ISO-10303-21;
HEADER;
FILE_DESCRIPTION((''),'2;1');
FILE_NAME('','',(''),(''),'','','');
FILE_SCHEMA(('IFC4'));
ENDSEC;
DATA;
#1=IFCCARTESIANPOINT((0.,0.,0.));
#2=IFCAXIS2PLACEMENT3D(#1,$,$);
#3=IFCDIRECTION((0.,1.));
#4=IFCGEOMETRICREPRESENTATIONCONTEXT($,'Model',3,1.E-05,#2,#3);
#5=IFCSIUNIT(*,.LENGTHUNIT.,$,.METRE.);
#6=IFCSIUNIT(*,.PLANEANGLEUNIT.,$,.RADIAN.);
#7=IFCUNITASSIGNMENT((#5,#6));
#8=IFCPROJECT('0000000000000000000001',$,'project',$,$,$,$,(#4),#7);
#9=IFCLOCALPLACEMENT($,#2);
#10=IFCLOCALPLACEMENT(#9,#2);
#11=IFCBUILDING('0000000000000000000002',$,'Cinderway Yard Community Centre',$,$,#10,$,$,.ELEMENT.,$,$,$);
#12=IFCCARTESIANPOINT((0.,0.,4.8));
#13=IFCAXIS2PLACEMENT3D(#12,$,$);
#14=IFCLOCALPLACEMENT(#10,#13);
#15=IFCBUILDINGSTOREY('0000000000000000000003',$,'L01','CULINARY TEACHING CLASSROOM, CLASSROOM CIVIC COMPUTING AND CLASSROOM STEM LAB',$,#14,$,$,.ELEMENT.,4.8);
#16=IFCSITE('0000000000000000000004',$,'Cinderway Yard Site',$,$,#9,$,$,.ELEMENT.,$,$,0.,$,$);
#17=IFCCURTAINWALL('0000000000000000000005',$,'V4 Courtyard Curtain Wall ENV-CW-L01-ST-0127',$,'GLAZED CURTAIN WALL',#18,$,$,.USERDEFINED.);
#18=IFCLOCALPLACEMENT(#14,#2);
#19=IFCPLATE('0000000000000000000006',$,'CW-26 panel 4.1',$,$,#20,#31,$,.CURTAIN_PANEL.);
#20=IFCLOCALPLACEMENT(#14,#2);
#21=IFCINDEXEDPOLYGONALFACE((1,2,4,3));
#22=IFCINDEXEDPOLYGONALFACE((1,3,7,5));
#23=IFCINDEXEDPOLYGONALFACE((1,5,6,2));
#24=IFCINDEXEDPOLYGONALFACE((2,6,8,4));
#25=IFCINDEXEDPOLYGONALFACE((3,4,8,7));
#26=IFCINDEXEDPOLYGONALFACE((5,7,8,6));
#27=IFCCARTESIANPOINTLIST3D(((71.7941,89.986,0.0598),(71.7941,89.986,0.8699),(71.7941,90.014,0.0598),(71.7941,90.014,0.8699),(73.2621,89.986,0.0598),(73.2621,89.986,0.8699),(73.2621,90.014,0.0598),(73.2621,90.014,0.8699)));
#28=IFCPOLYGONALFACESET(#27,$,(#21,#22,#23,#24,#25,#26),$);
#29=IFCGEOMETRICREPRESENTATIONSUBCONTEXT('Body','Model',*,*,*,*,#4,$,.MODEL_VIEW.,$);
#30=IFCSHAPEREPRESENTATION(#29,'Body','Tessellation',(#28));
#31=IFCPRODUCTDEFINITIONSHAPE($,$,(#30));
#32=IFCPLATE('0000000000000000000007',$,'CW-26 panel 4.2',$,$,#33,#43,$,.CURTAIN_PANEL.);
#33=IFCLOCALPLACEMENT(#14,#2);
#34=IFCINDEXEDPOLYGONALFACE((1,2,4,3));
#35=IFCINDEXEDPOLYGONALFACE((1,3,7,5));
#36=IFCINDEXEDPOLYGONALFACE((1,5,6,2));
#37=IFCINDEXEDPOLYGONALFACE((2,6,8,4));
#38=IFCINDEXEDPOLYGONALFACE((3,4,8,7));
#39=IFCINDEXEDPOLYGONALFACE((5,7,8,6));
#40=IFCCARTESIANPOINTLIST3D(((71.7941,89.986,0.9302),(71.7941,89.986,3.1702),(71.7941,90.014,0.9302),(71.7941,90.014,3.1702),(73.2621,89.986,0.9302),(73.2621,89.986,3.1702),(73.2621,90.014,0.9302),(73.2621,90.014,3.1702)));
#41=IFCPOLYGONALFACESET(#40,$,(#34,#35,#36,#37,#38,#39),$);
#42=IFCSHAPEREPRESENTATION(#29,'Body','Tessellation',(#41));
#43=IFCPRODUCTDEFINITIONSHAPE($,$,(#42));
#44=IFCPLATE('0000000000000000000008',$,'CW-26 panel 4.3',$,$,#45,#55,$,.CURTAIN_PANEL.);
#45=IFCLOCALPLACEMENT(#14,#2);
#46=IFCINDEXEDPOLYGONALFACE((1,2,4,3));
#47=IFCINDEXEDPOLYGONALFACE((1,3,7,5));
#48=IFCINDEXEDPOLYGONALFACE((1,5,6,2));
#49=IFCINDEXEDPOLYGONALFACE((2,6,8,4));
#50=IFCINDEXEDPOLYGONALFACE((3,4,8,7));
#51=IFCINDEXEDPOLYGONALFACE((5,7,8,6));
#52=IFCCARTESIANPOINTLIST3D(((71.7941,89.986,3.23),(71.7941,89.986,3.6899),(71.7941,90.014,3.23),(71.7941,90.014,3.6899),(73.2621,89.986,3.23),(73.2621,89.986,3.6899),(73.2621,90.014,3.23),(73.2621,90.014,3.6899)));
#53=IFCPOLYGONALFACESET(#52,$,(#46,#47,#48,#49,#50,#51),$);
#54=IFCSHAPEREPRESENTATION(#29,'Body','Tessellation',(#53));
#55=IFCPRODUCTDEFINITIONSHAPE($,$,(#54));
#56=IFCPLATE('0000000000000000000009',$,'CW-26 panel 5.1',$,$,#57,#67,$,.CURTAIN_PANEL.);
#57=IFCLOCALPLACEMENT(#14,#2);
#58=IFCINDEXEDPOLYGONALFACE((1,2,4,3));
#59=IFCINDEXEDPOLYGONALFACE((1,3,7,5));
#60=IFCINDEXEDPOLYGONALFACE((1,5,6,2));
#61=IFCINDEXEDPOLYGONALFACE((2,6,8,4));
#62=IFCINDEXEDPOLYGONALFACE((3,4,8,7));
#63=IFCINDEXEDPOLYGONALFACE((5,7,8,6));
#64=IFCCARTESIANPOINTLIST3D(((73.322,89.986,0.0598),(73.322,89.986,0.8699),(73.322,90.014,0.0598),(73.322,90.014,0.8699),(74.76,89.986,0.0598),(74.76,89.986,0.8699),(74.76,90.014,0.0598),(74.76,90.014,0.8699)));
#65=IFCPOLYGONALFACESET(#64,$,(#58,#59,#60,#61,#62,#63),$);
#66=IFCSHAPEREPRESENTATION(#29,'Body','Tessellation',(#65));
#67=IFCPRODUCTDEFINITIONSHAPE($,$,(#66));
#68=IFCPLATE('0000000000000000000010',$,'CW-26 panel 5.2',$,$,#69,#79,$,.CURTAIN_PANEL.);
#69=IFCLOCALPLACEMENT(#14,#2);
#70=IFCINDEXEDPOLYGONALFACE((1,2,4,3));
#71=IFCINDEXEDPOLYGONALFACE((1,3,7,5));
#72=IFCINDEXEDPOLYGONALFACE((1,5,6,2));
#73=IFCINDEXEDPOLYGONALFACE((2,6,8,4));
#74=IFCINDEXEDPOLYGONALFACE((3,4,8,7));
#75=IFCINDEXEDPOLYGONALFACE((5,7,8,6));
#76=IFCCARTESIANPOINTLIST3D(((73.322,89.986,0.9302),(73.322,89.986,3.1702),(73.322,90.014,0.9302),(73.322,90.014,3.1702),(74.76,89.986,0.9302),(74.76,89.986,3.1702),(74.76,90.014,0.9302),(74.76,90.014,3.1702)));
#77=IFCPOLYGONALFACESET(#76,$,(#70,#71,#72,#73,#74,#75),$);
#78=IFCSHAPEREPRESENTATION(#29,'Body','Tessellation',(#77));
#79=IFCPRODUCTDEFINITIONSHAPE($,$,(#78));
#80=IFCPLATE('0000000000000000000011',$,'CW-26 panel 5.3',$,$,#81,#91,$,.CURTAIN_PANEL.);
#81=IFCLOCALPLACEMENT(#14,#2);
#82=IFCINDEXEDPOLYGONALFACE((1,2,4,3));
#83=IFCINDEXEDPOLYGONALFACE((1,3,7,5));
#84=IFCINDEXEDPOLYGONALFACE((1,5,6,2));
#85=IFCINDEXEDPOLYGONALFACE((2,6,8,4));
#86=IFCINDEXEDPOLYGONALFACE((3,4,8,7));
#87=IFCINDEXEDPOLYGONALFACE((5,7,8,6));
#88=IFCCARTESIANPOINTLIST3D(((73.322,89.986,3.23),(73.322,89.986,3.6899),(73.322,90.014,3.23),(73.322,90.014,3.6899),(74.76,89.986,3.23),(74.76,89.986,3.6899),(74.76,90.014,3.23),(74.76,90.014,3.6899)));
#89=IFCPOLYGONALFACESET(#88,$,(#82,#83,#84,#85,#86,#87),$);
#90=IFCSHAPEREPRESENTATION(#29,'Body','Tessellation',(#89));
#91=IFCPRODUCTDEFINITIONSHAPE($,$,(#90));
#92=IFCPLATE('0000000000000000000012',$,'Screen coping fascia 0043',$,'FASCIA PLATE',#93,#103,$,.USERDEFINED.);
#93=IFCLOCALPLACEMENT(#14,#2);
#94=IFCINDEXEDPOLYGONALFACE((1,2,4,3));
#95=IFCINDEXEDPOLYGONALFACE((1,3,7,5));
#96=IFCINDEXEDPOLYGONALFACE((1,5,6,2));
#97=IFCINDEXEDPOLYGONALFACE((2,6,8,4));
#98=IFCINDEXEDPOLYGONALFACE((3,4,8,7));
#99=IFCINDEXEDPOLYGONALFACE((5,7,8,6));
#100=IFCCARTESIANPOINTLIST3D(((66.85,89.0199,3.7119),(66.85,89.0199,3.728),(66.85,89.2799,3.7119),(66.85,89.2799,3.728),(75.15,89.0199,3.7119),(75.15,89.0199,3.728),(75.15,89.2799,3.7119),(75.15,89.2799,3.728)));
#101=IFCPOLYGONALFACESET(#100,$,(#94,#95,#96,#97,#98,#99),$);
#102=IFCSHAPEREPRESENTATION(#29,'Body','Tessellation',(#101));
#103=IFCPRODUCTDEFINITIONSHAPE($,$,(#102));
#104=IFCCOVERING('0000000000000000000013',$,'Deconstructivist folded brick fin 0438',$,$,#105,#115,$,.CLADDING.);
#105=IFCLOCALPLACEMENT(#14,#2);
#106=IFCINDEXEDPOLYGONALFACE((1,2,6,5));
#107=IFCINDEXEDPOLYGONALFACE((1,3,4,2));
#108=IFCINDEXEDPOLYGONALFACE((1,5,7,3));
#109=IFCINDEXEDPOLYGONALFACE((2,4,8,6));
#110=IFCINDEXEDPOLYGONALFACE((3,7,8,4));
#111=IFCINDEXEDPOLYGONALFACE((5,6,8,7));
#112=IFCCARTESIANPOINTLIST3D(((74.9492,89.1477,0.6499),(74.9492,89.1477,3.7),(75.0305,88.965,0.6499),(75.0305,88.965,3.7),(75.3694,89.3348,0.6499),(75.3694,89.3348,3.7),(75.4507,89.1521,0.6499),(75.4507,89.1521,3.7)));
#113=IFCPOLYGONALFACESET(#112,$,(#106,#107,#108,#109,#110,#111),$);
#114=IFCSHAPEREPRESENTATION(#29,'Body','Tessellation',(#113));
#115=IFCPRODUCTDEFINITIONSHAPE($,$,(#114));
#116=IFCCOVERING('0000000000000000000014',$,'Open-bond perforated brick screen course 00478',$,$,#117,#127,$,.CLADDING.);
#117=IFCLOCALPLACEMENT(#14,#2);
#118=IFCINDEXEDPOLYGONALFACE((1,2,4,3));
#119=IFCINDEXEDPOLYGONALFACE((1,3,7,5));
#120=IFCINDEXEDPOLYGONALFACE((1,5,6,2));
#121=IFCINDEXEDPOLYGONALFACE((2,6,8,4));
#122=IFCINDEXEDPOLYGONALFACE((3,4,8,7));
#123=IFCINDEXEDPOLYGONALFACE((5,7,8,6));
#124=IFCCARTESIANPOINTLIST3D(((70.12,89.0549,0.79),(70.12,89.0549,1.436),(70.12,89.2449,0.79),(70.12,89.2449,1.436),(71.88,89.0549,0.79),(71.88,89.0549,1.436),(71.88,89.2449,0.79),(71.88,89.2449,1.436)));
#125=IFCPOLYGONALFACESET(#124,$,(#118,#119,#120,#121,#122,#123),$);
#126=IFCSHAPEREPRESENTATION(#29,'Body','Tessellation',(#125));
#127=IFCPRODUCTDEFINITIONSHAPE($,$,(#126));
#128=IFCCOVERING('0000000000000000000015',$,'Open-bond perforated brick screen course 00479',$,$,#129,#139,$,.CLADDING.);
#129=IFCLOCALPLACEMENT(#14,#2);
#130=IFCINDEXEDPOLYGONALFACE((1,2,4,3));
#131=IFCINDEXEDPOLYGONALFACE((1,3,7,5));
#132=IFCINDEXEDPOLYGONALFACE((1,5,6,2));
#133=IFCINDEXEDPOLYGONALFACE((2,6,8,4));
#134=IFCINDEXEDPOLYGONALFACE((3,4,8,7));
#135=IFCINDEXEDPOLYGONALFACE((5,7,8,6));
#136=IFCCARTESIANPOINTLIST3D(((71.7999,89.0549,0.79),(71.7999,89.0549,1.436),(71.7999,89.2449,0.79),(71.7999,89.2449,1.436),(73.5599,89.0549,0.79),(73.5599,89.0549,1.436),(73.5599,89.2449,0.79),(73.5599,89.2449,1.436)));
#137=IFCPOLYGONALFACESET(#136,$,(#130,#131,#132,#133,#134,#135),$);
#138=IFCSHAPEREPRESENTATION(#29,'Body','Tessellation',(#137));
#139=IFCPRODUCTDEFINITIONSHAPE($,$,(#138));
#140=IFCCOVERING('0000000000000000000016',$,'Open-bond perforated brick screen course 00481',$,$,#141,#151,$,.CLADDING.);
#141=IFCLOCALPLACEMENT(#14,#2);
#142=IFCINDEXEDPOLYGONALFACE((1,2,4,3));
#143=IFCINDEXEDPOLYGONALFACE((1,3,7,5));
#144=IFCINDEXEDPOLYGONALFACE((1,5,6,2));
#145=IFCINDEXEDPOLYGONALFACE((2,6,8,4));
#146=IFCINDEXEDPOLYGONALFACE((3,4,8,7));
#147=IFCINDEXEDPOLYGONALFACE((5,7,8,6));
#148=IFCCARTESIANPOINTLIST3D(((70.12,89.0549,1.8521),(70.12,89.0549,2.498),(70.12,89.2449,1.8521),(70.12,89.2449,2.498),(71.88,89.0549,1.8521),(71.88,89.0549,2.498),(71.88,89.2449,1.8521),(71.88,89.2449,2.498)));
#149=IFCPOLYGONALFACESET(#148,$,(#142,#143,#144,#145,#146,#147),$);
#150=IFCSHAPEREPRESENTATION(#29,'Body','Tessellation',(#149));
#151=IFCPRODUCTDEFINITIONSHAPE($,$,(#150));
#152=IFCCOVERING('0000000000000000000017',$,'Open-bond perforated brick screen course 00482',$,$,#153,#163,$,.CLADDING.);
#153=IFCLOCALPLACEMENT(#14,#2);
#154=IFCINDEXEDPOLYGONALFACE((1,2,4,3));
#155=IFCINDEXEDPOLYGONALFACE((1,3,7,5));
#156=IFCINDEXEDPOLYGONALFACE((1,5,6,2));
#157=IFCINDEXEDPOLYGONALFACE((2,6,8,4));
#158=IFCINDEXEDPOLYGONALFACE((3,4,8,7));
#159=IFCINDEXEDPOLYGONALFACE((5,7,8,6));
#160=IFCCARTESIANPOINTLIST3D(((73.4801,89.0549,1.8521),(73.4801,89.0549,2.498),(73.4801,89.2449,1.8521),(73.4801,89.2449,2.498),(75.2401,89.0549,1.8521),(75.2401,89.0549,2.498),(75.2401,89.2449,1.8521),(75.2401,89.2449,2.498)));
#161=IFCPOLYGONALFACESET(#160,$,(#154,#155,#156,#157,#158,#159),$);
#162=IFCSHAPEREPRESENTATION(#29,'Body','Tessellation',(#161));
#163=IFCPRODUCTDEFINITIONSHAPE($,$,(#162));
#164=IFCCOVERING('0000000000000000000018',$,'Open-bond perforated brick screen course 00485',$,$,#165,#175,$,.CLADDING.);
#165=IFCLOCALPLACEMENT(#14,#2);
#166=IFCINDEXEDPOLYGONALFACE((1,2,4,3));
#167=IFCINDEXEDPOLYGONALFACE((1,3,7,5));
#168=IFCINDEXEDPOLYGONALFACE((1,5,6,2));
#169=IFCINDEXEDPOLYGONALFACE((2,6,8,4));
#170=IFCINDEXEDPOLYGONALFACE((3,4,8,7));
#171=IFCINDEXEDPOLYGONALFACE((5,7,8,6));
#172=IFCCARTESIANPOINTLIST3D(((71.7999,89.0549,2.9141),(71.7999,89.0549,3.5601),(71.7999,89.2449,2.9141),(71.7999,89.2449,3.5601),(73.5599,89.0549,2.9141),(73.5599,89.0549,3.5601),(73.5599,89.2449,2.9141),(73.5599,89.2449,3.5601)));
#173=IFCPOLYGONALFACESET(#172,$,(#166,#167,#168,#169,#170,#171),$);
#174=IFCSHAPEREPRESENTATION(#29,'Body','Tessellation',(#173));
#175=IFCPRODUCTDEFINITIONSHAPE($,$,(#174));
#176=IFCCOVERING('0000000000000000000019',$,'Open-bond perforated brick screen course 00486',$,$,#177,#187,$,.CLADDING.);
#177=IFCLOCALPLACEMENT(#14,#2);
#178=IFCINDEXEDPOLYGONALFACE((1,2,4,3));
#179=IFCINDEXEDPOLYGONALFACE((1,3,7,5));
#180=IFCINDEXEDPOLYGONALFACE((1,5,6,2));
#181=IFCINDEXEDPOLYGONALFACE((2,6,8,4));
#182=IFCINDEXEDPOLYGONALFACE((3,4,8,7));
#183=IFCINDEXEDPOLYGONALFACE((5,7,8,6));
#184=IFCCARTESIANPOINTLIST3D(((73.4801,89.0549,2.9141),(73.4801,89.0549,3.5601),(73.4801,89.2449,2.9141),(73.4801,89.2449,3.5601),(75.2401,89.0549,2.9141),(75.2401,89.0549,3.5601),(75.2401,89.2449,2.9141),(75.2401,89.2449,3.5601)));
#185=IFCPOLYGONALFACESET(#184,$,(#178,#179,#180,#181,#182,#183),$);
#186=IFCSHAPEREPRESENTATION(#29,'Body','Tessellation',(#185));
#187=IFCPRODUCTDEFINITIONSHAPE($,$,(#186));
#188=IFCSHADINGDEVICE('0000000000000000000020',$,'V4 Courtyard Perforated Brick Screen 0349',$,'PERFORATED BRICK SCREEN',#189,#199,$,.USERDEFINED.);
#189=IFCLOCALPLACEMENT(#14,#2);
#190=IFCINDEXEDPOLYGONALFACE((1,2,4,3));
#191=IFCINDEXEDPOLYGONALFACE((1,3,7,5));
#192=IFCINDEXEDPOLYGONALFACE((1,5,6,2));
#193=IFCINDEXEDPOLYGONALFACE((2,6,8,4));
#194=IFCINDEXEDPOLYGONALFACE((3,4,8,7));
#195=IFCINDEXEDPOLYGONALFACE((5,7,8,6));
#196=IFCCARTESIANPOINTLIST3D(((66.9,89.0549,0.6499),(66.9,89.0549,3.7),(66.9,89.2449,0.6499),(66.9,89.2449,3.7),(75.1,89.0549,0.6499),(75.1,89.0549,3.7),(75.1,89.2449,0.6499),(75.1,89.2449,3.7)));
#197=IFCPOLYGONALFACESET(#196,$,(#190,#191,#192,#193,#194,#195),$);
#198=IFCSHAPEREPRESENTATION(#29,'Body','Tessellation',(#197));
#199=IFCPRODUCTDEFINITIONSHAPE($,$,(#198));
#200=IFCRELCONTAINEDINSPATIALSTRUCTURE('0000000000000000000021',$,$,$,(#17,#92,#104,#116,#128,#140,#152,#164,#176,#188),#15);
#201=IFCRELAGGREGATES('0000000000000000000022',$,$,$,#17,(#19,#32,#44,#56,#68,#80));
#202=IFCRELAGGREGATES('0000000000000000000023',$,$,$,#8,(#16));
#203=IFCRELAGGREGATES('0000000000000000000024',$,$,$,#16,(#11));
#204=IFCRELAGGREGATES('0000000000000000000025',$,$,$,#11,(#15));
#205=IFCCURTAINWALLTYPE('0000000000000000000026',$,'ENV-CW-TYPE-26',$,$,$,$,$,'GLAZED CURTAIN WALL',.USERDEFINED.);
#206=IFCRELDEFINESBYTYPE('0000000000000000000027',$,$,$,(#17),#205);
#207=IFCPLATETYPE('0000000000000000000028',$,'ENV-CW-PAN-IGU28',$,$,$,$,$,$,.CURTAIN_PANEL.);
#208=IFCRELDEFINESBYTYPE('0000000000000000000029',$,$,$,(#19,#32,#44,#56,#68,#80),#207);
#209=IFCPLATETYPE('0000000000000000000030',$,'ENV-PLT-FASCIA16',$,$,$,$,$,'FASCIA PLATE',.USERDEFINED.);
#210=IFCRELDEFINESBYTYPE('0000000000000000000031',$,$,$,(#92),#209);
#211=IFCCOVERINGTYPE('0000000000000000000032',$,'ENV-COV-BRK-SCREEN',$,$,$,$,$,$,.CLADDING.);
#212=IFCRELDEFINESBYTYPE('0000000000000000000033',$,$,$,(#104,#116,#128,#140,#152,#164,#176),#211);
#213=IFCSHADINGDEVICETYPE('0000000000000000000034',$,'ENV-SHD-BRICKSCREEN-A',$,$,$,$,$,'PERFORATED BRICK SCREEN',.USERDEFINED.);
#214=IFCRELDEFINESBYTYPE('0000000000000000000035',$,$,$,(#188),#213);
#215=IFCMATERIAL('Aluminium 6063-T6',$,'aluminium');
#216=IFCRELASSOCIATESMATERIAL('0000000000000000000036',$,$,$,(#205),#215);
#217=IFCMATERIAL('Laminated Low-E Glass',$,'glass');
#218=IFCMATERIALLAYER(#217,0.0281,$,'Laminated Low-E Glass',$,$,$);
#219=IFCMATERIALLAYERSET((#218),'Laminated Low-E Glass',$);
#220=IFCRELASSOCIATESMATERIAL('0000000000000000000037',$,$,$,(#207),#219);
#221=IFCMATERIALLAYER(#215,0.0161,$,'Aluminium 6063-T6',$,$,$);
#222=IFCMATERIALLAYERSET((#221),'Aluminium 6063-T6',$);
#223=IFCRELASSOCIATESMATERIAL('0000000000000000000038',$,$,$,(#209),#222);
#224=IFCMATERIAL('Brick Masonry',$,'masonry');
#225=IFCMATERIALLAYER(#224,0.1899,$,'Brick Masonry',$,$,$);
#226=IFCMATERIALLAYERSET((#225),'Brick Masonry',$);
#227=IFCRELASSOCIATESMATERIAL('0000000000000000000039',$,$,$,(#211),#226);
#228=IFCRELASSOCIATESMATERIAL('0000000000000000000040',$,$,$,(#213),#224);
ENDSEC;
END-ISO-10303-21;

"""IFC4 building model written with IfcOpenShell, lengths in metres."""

from ifc_helpers import new_model, si_unit, direction, frame, origin, origin_2d, place, context, subcontext, project, spatial, rectangle, extrude, material, layer, layer_set, type_object, element, aggregate, save


model = new_model("IFC4")

# Units and contexts
model_context = context("Model", 3, precision=1e-05, world=origin(), true_north=direction((0.0, 1.0)))
body_context = subcontext(model_context, "Body", "Model", "MODEL_VIEW")
ifc_project = project(units=[si_unit("LENGTHUNIT", "METRE"), si_unit("PLANEANGLEUNIT", "RADIAN")], contexts=[model_context])

# Site, building, storey
site_placement = place(None, origin())
site = spatial("IfcSite", under=ifc_project, at=site_placement, Name="Cinderway Yard Site", CompositionType="ELEMENT", RefElevation=0.0)
building_placement = place(site_placement, origin())
building = spatial("IfcBuilding", under=site, at=building_placement, Name="Cinderway Yard Community Centre", CompositionType="ELEMENT")
storey_placement = place(building_placement, frame((0.0, 0.0, 4.8)))
storey = spatial("IfcBuildingStorey", under=building, at=storey_placement, Name="L01", Description="CULINARY TEACHING CLASSROOM, CLASSROOM CIVIC COMPUTING AND CLASSROOM STEM LAB", CompositionType="ELEMENT", Elevation=4.8)

# Curtain wall
ifc_material_1 = material(Name="Aluminium 6063-T6", Category="aluminium")
curtain_wall_type = type_object("IfcCurtainWallType", Name="ENV-CW-TYPE-26", ElementType="GLAZED CURTAIN WALL", PredefinedType="USERDEFINED", material=ifc_material_1)
curtain_wall_placement = place(storey_placement, origin())
curtain_wall = element("IfcCurtainWall", 1, at=curtain_wall_placement, inside=storey, type_object=curtain_wall_type, Name="V4 Courtyard Curtain Wall ENV-CW-L01-ST-0127", ObjectType="GLAZED CURTAIN WALL", PredefinedType="USERDEFINED")

# Plates
ifc_material_2 = material(Name="Laminated Low-E Glass", Category="glass")
ifc_layer_1 = layer(ifc_material_2, 0.0281, Name="Laminated Low-E Glass")
ifc_layer_set_1 = layer_set([ifc_layer_1], Name="Laminated Low-E Glass")
plate_type_1 = type_object("IfcPlateType", Name="ENV-CW-PAN-IGU28", PredefinedType="CURTAIN_PANEL", material=ifc_layer_set_1)
plate_1_placement = place(storey_placement, frame((72.5281, 90.0, 0.0598), z_axis=(0.0, 0.0, 1.0), x_axis=(1.0, 0.0, 0.0)))
plate_1 = element("IfcPlate", 2, at=plate_1_placement, type_object=plate_type_1, Name="CW-26 panel 4.1", PredefinedType="CURTAIN_PANEL", context=body_context, shape_type="SweptSolid", body=[
    extrude(rectangle(XDim=1.468, YDim=0.0281, at=origin_2d()), origin(), (0.0, 0.0, 1.0), 0.8101),
])
plate_2_placement = place(storey_placement, frame((72.5281, 90.0, 0.9302), z_axis=(0.0, 0.0, 1.0), x_axis=(1.0, 0.0, 0.0)))
plate_2 = element("IfcPlate", 3, at=plate_2_placement, type_object=plate_type_1, Name="CW-26 panel 4.2", PredefinedType="CURTAIN_PANEL", context=body_context, shape_type="SweptSolid", body=[
    extrude(rectangle(XDim=1.468, YDim=0.0281, at=origin_2d()), origin(), (0.0, 0.0, 1.0), 2.24),
])
plate_3_placement = place(storey_placement, frame((72.5281, 90.0, 3.23), z_axis=(0.0, 0.0, 1.0), x_axis=(1.0, 0.0, 0.0)))
plate_3 = element("IfcPlate", 4, at=plate_3_placement, type_object=plate_type_1, Name="CW-26 panel 4.3", PredefinedType="CURTAIN_PANEL", context=body_context, shape_type="SweptSolid", body=[
    extrude(rectangle(XDim=1.468, YDim=0.0281, at=origin_2d()), origin(), (0.0, 0.0, 1.0), 0.46),
])
plate_4_placement = place(storey_placement, frame((74.041, 90.0, 0.0598), z_axis=(0.0, 0.0, 1.0), x_axis=(1.0, 0.0, 0.0)))
plate_4 = element("IfcPlate", 5, at=plate_4_placement, type_object=plate_type_1, Name="CW-26 panel 5.1", PredefinedType="CURTAIN_PANEL", context=body_context, shape_type="SweptSolid", body=[
    extrude(rectangle(XDim=1.438, YDim=0.0281, at=origin_2d()), origin(), (0.0, 0.0, 1.0), 0.8101),
])
plate_5_placement = place(storey_placement, frame((74.041, 90.0, 0.9302), z_axis=(0.0, 0.0, 1.0), x_axis=(1.0, 0.0, 0.0)))
plate_5 = element("IfcPlate", 6, at=plate_5_placement, type_object=plate_type_1, Name="CW-26 panel 5.2", PredefinedType="CURTAIN_PANEL", context=body_context, shape_type="SweptSolid", body=[
    extrude(rectangle(XDim=1.438, YDim=0.0281, at=origin_2d()), origin(), (0.0, 0.0, 1.0), 2.24),
])
plate_6_placement = place(storey_placement, frame((74.041, 90.0, 3.23), z_axis=(0.0, 0.0, 1.0), x_axis=(1.0, 0.0, 0.0)))
plate_6 = element("IfcPlate", 7, at=plate_6_placement, type_object=plate_type_1, Name="CW-26 panel 5.3", PredefinedType="CURTAIN_PANEL", context=body_context, shape_type="SweptSolid", body=[
    extrude(rectangle(XDim=1.438, YDim=0.0281, at=origin_2d()), origin(), (0.0, 0.0, 1.0), 0.46),
])
aggregate(curtain_wall, [plate_1, plate_2, plate_3, plate_4, plate_5, plate_6])
ifc_layer_2 = layer(ifc_material_1, 0.0161, Name="Aluminium 6063-T6")
ifc_layer_set_2 = layer_set([ifc_layer_2], Name="Aluminium 6063-T6")
plate_type_2 = type_object("IfcPlateType", Name="ENV-PLT-FASCIA16", ElementType="FASCIA PLATE", PredefinedType="USERDEFINED", material=ifc_layer_set_2)
plate_7_placement = place(storey_placement, frame((71.0, 89.1499, 3.7119), z_axis=(0.0, 0.0, 1.0), x_axis=(-1.0, 0.0, 0.0)))
element("IfcPlate", 8, at=plate_7_placement, inside=storey, type_object=plate_type_2, Name="Screen coping fascia 0043", ObjectType="FASCIA PLATE", PredefinedType="USERDEFINED", context=body_context, shape_type="SweptSolid", body=[
    extrude(rectangle(XDim=8.3, YDim=0.26, at=origin_2d()), origin(), (0.0, 0.0, 1.0), 0.0161),
])

# Coverings
ifc_material_3 = material(Name="Brick Masonry", Category="masonry")
ifc_layer_3 = layer(ifc_material_3, 0.1899, Name="Brick Masonry")
ifc_layer_set_3 = layer_set([ifc_layer_3], Name="Brick Masonry")
covering_type = type_object("IfcCoveringType", Name="ENV-COV-BRK-SCREEN", PredefinedType="CLADDING", material=ifc_layer_set_3)
covering_placement = place(storey_placement, frame((75.2, 89.1499, 0.6499), z_axis=(0.0, 0.0, 1.0), x_axis=(-0.913545, -0.406737, 0.0)))
element("IfcCovering", 9, at=covering_placement, inside=storey, type_object=covering_type, Name="Deconstructivist folded brick fin 0438", PredefinedType="CLADDING", context=body_context, shape_type="SweptSolid", body=[
    extrude(rectangle(XDim=0.46, YDim=0.2, at=origin_2d()), origin(), (0.0, 0.0, 1.0), 3.05),
])
for number, where, z_axis, x_axis, name in (
    (10, (71.0, 89.1499, 0.79), (0.0, 0.0, 1.0), (-1.0, 0.0, 0.0), "Open-bond perforated brick screen course 00478"),
    (11, (72.6799, 89.1499, 0.79), (0.0, 0.0, 1.0), (-1.0, 0.0, 0.0), "Open-bond perforated brick screen course 00479"),
    (12, (71.0, 89.1499, 1.8521), (0.0, 0.0, 1.0), (-1.0, 0.0, 0.0), "Open-bond perforated brick screen course 00481"),
    (13, (74.3601, 89.1499, 1.8521), (0.0, 0.0, 1.0), (-1.0, 0.0, 0.0), "Open-bond perforated brick screen course 00482"),
    (14, (72.6799, 89.1499, 2.9141), (0.0, 0.0, 1.0), (-1.0, 0.0, 0.0), "Open-bond perforated brick screen course 00485"),
    (15, (74.3601, 89.1499, 2.9141), (0.0, 0.0, 1.0), (-1.0, 0.0, 0.0), "Open-bond perforated brick screen course 00486"),
):
    element("IfcCovering", number, at=place(storey_placement, frame(where, z_axis=z_axis, x_axis=x_axis)), inside=storey, type_object=covering_type, Name=name, PredefinedType="CLADDING", context=body_context, shape_type="SweptSolid", body=[
        extrude(rectangle(XDim=1.76, YDim=0.1899, at=origin_2d()), origin(), (0.0, 0.0, 1.0), 0.646),
    ])

# Shading device
shading_device_type = type_object("IfcShadingDeviceType", Name="ENV-SHD-BRICKSCREEN-A", ElementType="PERFORATED BRICK SCREEN", PredefinedType="USERDEFINED", material=ifc_material_3)
shading_device_placement = place(storey_placement, frame((71.0, 89.1499, 0.6499), z_axis=(0.0, 0.0, 1.0), x_axis=(-1.0, 0.0, 0.0)))
element("IfcShadingDevice", 16, at=shading_device_placement, inside=storey, type_object=shading_device_type, Name="V4 Courtyard Perforated Brick Screen 0349", ObjectType="PERFORATED BRICK SCREEN", PredefinedType="USERDEFINED", context=body_context, shape_type="SweptSolid", body=[
    extrude(rectangle(XDim=8.2, YDim=0.1899, at=origin_2d()), origin(), (0.0, 0.0, 1.0), 3.05),
])

save(model, "model.ifc")
